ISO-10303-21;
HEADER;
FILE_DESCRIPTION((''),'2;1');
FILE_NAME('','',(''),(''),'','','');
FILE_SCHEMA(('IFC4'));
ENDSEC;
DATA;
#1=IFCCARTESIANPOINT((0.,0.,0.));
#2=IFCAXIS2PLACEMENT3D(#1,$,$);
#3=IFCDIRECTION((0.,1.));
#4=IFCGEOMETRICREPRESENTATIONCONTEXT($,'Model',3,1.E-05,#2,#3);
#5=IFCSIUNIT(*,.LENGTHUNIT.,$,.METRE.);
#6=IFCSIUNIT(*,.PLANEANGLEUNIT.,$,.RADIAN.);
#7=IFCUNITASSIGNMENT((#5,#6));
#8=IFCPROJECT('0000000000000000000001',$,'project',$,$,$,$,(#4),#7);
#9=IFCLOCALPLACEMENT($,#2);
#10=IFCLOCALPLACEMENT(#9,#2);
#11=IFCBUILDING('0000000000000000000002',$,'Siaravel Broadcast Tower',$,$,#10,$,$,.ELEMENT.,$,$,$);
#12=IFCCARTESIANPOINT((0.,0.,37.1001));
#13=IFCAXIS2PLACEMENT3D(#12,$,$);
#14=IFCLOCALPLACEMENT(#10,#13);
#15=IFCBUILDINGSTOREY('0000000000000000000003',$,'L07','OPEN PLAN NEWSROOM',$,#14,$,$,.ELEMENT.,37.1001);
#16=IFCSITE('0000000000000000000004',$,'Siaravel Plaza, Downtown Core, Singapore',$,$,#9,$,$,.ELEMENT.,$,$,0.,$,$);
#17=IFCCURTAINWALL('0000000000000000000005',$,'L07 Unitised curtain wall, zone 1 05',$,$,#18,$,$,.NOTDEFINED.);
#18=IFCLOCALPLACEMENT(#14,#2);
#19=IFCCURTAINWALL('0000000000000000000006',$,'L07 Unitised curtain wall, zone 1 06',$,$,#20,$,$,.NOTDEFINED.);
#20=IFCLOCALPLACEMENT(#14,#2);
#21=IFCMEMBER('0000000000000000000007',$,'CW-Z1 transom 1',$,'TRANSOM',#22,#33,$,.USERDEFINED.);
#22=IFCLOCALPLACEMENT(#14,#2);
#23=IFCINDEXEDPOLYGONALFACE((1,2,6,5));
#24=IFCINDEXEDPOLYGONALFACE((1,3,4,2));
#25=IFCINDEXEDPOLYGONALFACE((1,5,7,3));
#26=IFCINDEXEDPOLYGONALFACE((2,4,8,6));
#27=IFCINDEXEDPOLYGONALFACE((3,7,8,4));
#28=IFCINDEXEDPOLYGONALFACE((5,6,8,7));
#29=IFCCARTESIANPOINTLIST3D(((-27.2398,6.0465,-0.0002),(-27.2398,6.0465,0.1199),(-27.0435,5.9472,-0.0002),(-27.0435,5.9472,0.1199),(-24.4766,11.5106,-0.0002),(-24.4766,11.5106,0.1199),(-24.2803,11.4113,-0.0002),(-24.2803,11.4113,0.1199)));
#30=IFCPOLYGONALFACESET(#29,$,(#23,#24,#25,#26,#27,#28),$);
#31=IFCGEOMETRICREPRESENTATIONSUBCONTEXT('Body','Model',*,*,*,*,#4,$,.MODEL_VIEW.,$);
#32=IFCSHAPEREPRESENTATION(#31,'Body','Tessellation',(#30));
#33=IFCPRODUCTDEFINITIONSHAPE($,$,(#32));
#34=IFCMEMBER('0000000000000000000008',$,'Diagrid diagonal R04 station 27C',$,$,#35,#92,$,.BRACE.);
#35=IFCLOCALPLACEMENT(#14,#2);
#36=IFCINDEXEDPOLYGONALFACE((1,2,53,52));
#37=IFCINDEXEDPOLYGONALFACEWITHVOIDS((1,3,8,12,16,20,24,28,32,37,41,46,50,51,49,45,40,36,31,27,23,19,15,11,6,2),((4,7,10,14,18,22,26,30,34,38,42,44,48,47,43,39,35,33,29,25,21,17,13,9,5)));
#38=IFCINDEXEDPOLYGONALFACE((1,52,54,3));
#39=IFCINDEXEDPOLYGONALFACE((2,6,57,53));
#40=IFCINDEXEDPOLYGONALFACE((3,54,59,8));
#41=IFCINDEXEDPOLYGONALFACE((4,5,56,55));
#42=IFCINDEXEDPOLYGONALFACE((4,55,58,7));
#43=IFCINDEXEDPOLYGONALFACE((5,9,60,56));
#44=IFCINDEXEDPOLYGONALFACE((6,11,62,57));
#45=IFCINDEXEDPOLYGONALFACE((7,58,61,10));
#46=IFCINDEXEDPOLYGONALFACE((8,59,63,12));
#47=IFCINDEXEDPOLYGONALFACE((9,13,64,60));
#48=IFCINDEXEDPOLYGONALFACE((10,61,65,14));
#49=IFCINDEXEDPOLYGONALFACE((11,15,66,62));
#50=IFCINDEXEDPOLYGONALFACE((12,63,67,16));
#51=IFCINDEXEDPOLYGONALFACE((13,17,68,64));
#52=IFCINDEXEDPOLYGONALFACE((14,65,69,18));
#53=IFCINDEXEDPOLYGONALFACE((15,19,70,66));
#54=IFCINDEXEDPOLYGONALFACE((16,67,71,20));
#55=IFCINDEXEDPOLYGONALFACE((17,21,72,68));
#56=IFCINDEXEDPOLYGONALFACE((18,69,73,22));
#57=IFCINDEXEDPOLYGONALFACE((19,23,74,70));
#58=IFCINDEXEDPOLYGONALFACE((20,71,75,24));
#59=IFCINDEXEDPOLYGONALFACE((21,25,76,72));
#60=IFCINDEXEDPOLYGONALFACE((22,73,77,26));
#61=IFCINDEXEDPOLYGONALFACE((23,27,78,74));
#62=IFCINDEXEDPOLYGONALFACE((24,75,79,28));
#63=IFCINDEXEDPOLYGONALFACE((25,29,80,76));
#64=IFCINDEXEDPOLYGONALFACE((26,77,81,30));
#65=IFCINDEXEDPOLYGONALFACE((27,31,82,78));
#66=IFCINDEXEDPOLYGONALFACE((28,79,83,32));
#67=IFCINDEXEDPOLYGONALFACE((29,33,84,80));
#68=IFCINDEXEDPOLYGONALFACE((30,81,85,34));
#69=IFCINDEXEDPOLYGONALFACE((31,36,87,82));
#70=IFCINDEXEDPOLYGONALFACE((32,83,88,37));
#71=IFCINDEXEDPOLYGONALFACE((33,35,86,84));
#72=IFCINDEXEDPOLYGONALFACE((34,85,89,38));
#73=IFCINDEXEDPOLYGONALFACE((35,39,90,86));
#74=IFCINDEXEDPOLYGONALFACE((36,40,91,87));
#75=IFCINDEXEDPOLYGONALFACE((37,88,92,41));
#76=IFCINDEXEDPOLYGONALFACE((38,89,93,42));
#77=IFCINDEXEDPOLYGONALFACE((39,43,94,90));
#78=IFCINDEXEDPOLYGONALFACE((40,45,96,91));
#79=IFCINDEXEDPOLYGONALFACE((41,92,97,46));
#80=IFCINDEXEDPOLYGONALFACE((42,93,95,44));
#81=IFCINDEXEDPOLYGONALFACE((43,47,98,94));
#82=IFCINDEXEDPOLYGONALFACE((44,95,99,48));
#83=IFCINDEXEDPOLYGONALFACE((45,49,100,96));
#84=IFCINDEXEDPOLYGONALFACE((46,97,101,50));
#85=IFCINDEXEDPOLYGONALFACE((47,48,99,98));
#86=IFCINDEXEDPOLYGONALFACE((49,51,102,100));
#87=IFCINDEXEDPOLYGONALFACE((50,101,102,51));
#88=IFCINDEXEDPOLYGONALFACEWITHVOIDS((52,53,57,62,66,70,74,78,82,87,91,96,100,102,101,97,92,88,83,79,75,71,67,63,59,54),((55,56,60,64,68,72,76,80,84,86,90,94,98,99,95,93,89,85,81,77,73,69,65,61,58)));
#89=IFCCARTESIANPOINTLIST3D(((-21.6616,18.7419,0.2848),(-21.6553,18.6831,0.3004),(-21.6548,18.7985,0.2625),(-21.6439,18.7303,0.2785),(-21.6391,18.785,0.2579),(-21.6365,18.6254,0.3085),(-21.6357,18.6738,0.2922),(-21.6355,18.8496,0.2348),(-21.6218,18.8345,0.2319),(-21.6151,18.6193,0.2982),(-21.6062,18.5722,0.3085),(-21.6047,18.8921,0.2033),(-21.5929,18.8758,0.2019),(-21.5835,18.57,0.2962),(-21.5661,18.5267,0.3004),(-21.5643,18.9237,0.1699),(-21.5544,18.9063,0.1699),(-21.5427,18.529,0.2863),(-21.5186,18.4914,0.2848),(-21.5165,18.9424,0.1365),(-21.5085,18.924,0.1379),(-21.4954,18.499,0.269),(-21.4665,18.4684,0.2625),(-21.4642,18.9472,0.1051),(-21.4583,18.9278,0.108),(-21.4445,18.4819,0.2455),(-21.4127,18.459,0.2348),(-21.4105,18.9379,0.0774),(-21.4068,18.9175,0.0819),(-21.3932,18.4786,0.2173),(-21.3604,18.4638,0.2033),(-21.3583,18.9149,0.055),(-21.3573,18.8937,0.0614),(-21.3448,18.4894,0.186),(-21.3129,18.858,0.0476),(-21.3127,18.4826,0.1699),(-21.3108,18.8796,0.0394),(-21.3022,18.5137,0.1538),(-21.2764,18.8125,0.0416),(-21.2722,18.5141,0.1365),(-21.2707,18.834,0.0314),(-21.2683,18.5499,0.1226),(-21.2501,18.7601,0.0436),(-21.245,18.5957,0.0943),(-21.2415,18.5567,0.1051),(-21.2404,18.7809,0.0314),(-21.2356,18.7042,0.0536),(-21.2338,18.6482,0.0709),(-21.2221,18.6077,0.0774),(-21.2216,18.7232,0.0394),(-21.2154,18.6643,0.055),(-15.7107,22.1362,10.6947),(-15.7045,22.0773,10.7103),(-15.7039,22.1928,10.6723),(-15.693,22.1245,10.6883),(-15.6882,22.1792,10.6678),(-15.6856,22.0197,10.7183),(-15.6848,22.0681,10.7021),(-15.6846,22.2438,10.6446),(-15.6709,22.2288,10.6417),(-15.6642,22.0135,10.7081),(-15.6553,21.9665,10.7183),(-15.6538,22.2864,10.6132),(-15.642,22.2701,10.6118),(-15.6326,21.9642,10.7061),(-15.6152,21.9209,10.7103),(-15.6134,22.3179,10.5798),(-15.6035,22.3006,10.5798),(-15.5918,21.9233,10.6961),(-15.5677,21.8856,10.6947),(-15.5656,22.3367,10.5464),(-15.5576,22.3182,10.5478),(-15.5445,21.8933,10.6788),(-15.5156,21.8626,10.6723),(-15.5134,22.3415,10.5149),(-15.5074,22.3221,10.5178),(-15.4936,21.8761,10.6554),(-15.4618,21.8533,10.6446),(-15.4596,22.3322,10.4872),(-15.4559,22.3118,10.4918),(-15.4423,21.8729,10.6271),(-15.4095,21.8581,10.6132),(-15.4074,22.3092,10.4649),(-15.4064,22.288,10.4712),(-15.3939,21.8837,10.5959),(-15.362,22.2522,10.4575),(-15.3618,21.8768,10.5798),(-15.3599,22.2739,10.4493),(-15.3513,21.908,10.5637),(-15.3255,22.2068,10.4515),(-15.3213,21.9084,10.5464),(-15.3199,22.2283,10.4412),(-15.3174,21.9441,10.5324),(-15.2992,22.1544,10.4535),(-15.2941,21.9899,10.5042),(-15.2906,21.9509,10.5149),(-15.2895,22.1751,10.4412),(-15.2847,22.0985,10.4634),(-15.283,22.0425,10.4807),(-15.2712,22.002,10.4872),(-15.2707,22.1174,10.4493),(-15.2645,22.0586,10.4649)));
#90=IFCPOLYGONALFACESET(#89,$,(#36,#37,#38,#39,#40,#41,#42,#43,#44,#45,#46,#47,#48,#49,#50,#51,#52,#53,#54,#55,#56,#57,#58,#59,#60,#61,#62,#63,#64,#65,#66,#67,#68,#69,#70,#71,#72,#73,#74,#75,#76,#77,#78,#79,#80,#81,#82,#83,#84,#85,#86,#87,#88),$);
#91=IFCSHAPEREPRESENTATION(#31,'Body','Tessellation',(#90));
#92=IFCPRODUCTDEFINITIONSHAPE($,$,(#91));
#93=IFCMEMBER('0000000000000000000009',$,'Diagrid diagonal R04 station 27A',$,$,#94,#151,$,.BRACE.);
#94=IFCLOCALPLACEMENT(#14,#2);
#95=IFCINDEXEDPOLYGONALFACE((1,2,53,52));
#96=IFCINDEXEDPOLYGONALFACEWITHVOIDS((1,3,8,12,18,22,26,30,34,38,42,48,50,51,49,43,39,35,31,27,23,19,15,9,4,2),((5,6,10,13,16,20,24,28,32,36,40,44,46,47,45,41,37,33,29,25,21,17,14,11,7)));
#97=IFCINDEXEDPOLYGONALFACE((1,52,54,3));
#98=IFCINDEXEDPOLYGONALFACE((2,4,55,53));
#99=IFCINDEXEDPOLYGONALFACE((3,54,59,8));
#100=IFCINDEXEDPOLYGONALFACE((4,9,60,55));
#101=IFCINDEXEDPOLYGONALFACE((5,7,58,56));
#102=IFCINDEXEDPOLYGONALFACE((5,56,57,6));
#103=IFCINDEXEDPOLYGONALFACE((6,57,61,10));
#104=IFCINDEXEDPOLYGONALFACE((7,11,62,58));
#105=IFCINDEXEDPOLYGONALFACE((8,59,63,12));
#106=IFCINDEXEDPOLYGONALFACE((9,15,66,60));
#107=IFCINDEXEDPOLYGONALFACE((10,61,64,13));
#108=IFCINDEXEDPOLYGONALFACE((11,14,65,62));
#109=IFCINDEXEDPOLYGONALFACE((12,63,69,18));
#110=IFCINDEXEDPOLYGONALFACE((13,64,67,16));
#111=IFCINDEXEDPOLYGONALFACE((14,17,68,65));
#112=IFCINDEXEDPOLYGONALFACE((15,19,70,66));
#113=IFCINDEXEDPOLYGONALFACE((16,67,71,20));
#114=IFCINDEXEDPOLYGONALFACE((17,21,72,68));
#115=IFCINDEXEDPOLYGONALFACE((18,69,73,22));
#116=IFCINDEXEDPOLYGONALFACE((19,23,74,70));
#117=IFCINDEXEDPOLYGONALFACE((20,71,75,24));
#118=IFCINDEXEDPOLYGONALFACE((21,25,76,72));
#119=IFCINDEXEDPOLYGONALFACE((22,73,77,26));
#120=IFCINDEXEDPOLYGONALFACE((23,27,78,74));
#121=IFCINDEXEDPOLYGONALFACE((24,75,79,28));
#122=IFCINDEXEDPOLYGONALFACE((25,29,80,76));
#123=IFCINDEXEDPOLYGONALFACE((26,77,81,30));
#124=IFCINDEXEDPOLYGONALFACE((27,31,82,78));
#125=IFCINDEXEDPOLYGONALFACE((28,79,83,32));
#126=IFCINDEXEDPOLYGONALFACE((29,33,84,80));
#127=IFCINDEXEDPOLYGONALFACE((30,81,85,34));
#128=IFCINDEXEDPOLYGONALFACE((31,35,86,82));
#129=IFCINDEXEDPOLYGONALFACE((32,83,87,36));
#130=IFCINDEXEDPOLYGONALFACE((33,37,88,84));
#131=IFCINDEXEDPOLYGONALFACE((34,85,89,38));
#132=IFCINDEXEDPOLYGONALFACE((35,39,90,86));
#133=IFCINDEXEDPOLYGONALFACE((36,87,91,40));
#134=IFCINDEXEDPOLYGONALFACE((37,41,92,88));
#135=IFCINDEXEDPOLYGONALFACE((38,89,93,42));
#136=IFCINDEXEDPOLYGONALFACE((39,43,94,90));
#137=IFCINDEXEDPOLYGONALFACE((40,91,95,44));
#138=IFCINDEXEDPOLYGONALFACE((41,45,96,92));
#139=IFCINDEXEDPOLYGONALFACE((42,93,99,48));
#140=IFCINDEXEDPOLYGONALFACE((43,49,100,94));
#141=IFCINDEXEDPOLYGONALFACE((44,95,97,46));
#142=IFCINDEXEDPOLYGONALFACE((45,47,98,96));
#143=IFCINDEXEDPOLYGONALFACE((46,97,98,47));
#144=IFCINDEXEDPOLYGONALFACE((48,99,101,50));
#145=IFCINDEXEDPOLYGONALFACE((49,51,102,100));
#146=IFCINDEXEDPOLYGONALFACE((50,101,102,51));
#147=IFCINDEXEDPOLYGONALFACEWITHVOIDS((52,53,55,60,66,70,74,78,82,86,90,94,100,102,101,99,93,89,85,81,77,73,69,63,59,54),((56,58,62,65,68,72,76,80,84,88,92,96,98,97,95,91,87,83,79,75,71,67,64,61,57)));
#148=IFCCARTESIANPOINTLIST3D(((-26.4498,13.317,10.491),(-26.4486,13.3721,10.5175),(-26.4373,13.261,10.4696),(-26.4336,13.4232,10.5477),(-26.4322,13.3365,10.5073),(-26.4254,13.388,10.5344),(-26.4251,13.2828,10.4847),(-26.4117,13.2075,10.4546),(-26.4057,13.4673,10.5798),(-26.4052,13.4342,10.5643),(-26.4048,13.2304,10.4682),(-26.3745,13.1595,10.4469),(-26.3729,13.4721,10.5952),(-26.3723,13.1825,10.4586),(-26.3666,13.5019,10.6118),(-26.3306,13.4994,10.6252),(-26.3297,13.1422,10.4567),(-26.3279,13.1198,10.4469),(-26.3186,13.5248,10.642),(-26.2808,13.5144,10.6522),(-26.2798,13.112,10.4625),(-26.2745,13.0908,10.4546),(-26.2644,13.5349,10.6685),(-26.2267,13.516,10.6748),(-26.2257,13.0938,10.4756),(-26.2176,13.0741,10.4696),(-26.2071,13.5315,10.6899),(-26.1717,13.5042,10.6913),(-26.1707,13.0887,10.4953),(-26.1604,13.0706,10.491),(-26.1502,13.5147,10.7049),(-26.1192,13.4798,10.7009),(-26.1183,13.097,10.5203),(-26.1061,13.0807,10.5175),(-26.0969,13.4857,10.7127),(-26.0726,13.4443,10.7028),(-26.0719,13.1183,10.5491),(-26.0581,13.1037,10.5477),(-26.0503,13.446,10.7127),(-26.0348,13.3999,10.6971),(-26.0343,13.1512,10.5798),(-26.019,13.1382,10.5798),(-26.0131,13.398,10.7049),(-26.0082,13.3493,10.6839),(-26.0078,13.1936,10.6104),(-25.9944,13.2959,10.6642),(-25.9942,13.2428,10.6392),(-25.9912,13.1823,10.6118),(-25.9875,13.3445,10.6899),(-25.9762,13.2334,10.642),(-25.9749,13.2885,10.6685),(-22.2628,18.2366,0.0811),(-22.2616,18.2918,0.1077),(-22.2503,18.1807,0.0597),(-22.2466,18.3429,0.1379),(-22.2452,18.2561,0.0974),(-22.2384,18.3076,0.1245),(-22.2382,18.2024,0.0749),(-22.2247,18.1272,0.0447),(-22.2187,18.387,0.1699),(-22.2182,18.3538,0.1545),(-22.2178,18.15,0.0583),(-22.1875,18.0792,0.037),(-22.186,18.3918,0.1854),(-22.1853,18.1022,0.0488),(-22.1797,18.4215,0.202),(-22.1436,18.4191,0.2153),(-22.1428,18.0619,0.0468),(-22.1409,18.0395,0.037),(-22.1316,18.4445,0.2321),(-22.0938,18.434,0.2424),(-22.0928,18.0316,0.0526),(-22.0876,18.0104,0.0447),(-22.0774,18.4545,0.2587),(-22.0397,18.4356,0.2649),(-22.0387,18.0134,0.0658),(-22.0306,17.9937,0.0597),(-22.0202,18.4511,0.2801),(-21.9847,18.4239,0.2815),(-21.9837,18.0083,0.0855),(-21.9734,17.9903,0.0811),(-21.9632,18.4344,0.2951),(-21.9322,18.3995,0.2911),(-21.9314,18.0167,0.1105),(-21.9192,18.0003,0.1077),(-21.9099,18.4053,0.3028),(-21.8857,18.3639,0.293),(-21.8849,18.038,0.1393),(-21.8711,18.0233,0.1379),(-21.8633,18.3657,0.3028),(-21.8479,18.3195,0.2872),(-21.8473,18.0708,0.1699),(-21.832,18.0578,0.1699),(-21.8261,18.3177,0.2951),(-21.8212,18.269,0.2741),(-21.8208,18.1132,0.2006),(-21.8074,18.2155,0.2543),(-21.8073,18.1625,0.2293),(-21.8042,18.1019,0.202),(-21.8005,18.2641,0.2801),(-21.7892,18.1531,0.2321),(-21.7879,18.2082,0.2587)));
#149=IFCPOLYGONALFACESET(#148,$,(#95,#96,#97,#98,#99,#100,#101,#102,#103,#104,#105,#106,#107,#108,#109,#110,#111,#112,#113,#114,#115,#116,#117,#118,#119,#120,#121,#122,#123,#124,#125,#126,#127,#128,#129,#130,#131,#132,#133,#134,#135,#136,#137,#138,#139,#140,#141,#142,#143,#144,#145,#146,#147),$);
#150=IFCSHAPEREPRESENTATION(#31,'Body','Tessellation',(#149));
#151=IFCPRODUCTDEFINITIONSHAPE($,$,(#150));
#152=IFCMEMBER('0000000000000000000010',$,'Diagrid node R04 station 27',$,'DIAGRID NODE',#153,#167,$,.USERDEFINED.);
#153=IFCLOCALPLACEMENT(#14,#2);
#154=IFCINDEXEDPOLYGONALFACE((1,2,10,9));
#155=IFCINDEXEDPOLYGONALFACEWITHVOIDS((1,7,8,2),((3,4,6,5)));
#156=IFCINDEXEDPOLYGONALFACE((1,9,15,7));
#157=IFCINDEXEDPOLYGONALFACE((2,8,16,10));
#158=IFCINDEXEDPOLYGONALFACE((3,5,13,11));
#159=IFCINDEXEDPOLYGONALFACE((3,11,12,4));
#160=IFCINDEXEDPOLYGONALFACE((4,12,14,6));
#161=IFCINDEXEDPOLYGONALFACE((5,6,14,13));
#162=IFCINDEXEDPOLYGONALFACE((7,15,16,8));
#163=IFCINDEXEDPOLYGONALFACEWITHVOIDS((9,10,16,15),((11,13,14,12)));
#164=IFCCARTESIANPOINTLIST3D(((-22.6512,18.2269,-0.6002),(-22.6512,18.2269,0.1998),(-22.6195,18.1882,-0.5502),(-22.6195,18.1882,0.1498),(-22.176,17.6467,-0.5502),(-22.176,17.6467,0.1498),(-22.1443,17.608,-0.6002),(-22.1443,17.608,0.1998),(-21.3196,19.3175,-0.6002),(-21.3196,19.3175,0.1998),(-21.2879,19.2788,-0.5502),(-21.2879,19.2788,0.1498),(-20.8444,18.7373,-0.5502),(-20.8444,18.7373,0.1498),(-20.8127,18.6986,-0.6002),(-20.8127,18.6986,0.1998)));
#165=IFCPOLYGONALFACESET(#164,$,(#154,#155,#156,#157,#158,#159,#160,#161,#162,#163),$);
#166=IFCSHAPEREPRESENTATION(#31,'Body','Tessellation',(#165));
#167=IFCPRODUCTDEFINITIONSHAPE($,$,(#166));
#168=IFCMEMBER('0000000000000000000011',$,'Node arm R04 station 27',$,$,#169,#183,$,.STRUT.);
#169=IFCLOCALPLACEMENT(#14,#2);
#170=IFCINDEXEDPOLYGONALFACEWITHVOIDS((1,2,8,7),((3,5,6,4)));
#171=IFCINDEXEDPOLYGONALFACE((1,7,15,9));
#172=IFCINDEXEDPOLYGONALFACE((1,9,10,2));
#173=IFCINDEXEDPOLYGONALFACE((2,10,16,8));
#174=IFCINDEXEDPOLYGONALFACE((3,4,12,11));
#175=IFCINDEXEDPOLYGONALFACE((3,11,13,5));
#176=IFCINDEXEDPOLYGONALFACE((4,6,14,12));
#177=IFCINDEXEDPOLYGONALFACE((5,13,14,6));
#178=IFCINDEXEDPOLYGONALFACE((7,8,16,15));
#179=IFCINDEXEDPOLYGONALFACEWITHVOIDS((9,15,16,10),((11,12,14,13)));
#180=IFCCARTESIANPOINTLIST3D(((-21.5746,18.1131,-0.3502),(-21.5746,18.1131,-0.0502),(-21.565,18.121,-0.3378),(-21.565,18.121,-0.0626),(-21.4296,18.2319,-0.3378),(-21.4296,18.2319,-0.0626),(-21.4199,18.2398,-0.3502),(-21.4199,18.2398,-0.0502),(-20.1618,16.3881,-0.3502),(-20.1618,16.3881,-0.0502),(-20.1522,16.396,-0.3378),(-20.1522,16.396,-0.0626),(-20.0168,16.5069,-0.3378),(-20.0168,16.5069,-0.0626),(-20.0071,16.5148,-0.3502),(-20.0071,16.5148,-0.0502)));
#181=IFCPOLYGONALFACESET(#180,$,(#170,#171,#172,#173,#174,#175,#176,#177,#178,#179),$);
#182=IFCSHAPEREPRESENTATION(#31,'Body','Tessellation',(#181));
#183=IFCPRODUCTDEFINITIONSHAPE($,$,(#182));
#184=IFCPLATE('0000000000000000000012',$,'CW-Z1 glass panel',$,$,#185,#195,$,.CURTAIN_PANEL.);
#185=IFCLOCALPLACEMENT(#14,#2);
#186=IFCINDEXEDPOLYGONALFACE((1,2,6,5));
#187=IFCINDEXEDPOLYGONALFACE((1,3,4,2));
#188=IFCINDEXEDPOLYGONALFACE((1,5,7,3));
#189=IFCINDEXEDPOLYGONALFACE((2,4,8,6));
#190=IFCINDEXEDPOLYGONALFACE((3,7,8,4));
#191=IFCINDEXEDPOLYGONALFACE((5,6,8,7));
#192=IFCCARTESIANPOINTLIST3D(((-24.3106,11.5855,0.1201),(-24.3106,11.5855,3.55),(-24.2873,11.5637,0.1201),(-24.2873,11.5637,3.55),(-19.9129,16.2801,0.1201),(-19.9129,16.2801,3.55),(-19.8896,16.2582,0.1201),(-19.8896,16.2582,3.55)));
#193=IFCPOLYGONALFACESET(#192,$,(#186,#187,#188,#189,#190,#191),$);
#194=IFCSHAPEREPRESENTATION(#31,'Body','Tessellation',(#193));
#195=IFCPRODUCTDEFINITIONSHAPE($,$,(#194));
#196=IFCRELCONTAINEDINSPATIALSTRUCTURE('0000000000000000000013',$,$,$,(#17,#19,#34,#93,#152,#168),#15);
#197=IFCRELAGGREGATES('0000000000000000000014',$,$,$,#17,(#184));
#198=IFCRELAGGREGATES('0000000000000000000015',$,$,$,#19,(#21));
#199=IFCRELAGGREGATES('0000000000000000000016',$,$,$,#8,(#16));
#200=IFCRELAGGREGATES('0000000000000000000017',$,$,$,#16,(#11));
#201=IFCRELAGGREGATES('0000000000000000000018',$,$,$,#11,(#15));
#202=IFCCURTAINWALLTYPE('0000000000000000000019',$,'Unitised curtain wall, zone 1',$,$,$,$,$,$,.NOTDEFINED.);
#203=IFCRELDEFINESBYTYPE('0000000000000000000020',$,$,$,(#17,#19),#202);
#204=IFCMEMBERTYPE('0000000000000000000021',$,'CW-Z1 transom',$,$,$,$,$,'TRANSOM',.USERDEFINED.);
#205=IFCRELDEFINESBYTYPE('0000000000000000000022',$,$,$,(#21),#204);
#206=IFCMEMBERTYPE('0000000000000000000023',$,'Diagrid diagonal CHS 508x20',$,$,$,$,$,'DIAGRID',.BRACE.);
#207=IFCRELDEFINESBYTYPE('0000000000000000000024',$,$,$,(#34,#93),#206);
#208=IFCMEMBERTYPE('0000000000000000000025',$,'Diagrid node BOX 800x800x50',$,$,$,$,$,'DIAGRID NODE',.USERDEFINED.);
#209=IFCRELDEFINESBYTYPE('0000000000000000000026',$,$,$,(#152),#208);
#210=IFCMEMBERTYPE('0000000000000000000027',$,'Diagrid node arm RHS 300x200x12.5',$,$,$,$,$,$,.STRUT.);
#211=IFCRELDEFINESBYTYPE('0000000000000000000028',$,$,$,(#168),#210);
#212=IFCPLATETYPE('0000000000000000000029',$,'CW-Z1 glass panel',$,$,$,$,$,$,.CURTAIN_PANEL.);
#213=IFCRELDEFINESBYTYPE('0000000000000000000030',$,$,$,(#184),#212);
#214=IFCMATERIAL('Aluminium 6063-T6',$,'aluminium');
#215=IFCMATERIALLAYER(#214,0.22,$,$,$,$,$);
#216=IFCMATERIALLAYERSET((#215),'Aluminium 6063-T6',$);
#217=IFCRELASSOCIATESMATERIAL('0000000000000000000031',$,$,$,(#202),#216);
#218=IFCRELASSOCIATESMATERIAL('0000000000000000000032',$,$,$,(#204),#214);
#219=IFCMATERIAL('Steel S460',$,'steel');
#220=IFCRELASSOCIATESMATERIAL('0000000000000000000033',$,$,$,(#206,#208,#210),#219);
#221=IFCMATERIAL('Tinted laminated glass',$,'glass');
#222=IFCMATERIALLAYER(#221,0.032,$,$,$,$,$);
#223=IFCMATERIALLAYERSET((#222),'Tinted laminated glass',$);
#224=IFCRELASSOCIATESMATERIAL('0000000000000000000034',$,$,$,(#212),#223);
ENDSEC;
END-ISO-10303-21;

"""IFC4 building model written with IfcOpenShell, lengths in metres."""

from ifc_helpers import new_model, si_unit, direction, frame, origin, origin_2d, place, context, subcontext, project, spatial, rectangle, hollow_rectangle, hollow_circle, extrude, material, layer, layer_set, material_profile, profile_set, type_object, element, aggregate, save


model = new_model("IFC4")

# Units and contexts
model_context = context("Model", 3, precision=1e-05, world=origin(), true_north=direction((0.0, 1.0)))
body_context = subcontext(model_context, "Body", "Model", "MODEL_VIEW")
ifc_project = project(units=[si_unit("LENGTHUNIT", "METRE"), si_unit("PLANEANGLEUNIT", "RADIAN")], contexts=[model_context])

# Site, building, storey
site_placement = place(None, origin())
site = spatial("IfcSite", under=ifc_project, at=site_placement, Name="Siaravel Plaza, Downtown Core, Singapore", CompositionType="ELEMENT", RefElevation=0.0)
building_placement = place(site_placement, origin())
building = spatial("IfcBuilding", under=site, at=building_placement, Name="Siaravel Broadcast Tower", CompositionType="ELEMENT")
storey_placement = place(building_placement, frame((0.0, 0.0, 37.1001)))
storey = spatial("IfcBuildingStorey", under=building, at=storey_placement, Name="L07", Description="OPEN PLAN NEWSROOM", CompositionType="ELEMENT", Elevation=37.1001)

# Curtain wall
ifc_material_1 = material(Name="Aluminium 6063-T6", Category="aluminium")
ifc_layer_1 = layer(ifc_material_1, 0.22)
ifc_layer_set_1 = layer_set([ifc_layer_1], Name="Aluminium 6063-T6")
curtain_wall_type = type_object("IfcCurtainWallType", Name="Unitised curtain wall, zone 1", PredefinedType="NOTDEFINED", material=ifc_layer_set_1)
curtain_wall_1_placement = place(storey_placement, origin())
curtain_wall_1 = element("IfcCurtainWall", 1, at=curtain_wall_1_placement, inside=storey, type_object=curtain_wall_type, Name="L07 Unitised curtain wall, zone 1 05", PredefinedType="NOTDEFINED")

# Curtain wall
curtain_wall_2_placement = place(storey_placement, origin())
curtain_wall_2 = element("IfcCurtainWall", 2, at=curtain_wall_2_placement, inside=storey, type_object=curtain_wall_type, Name="L07 Unitised curtain wall, zone 1 06", PredefinedType="NOTDEFINED")

# Member
ifc_material_profile_1 = material_profile(ifc_material_1, rectangle(XDim=0.22, YDim=0.1201, at=origin_2d()))
ifc_profile_set_1 = profile_set([ifc_material_profile_1], Name="Aluminium 6063-T6")
member_type_1 = type_object("IfcMemberType", Name="CW-Z1 transom", ElementType="TRANSOM", PredefinedType="USERDEFINED", material=ifc_profile_set_1)
member_1_placement = place(storey_placement, frame((-24.3784, 11.4609, 0.0598), z_axis=(-0.451276, -0.892384, 0.0), x_axis=(0.892384, -0.451276, 0.0)))
member_1 = element("IfcMember", 3, at=member_1_placement, type_object=member_type_1, Name="CW-Z1 transom 1", ObjectType="TRANSOM", PredefinedType="USERDEFINED", context=body_context, shape_type="SweptSolid", body=[
    extrude(rectangle(XDim=0.22, YDim=0.1201, at=origin_2d()), origin(), (0.0, 0.0, 1.0), 6.123),
])

# Members
ifc_material_2 = material(Name="Steel S460", Category="steel")
ifc_material_profile_2 = material_profile(ifc_material_2, hollow_circle(Radius=0.2539, WallThickness=0.02, at=origin_2d()))
ifc_profile_set_2 = profile_set([ifc_material_profile_2], Name="Steel S460")
member_type_2 = type_object("IfcMemberType", Name="Diagrid diagonal CHS 508x20", ElementType="DIAGRID", PredefinedType="BRACE", material=ifc_profile_set_2)
member_2_placement = place(storey_placement, frame((-21.4385, 18.7031, 0.1699), z_axis=(0.477527, 0.272371, 0.835334), x_axis=(-0.495452, 0.868635, 0.0)))
element("IfcMember", 4, at=member_2_placement, inside=storey, type_object=member_type_2, Name="Diagrid diagonal R04 station 27C", PredefinedType="BRACE", context=body_context, shape_type="SweptSolid", body=[
    extrude(hollow_circle(Radius=0.2539, WallThickness=0.02, at=origin_2d()), origin(), (0.0, 0.0, 1.0), 12.4619),
])
member_3_placement = place(storey_placement, frame((-22.0254, 18.2224, 0.1699), z_axis=(-0.341754, -0.401555, 0.849681), x_axis=(0.761535, -0.648123, 0.0)))
element("IfcMember", 5, at=member_3_placement, inside=storey, type_object=member_type_2, Name="Diagrid diagonal R04 station 27A", PredefinedType="BRACE", context=body_context, shape_type="SweptSolid", body=[
    extrude(hollow_circle(Radius=0.2539, WallThickness=0.02, at=origin_2d()), origin(), (0.0, 0.0, 1.0), 12.2515),
])
ifc_material_profile_3 = material_profile(ifc_material_2, hollow_rectangle(XDim=0.8, YDim=0.8, WallThickness=0.05, at=origin_2d()))
ifc_profile_set_3 = profile_set([ifc_material_profile_3], Name="Steel S460")
member_type_3 = type_object("IfcMemberType", Name="Diagrid node BOX 800x800x50", ElementType="DIAGRID NODE", PredefinedType="USERDEFINED", material=ifc_profile_set_3)
member_4_placement = place(storey_placement, frame((-21.0662, 19.0081, -0.2002), z_axis=(-0.773635, -0.633632, 0.0), x_axis=(0.633632, -0.773635, 0.0)))
element("IfcMember", 6, at=member_4_placement, inside=storey, type_object=member_type_3, Name="Diagrid node R04 station 27", ObjectType="DIAGRID NODE", PredefinedType="USERDEFINED", context=body_context, shape_type="SweptSolid", body=[
    extrude(hollow_rectangle(XDim=0.8, YDim=0.8, WallThickness=0.05, at=origin_2d()), origin(), (0.0, 0.0, 1.0), 1.7212),
])
ifc_material_profile_4 = material_profile(ifc_material_2, hollow_rectangle(XDim=0.2, YDim=0.3, WallThickness=0.0125, at=origin_2d()))
ifc_profile_set_4 = profile_set([ifc_material_profile_4], Name="Steel S460")
member_type_4 = type_object("IfcMemberType", Name="Diagrid node arm RHS 300x200x12.5", PredefinedType="STRUT", material=ifc_profile_set_4)
member_5_placement = place(storey_placement, frame((-20.0845, 16.4514, -0.2002), z_axis=(-0.633613, 0.77365, 0.0), x_axis=(-0.77365, -0.633613, 0.0)))
element("IfcMember", 7, at=member_5_placement, inside=storey, type_object=member_type_4, Name="Node arm R04 station 27", PredefinedType="STRUT", context=body_context, shape_type="SweptSolid", body=[
    extrude(hollow_rectangle(XDim=0.2, YDim=0.3, WallThickness=0.0125, at=origin_2d()), origin(), (0.0, 0.0, 1.0), 2.2297),
])

# Plate
ifc_material_3 = material(Name="Tinted laminated glass", Category="glass")
ifc_layer_2 = layer(ifc_material_3, 0.032)
ifc_layer_set_2 = layer_set([ifc_layer_2], Name="Tinted laminated glass")
plate_type = type_object("IfcPlateType", Name="CW-Z1 glass panel", PredefinedType="CURTAIN_PANEL", material=ifc_layer_set_2)
plate_1_placement = place(storey_placement, frame((-22.1001, 13.9219, 0.1201), z_axis=(0.0, 0.0, 1.0), x_axis=(-0.683655, -0.729805, 0.0)))
plate_1 = element("IfcPlate", 8, at=plate_1_placement, type_object=plate_type, Name="CW-Z1 glass panel", PredefinedType="CURTAIN_PANEL", context=body_context, shape_type="SweptSolid", body=[
    extrude(rectangle(XDim=6.4326, YDim=0.032, at=origin_2d()), origin(), (0.0, 0.0, 1.0), 3.4299),
])
aggregate(curtain_wall_1, [plate_1])
aggregate(curtain_wall_2, [member_1])

save(model, "model.ifc")
